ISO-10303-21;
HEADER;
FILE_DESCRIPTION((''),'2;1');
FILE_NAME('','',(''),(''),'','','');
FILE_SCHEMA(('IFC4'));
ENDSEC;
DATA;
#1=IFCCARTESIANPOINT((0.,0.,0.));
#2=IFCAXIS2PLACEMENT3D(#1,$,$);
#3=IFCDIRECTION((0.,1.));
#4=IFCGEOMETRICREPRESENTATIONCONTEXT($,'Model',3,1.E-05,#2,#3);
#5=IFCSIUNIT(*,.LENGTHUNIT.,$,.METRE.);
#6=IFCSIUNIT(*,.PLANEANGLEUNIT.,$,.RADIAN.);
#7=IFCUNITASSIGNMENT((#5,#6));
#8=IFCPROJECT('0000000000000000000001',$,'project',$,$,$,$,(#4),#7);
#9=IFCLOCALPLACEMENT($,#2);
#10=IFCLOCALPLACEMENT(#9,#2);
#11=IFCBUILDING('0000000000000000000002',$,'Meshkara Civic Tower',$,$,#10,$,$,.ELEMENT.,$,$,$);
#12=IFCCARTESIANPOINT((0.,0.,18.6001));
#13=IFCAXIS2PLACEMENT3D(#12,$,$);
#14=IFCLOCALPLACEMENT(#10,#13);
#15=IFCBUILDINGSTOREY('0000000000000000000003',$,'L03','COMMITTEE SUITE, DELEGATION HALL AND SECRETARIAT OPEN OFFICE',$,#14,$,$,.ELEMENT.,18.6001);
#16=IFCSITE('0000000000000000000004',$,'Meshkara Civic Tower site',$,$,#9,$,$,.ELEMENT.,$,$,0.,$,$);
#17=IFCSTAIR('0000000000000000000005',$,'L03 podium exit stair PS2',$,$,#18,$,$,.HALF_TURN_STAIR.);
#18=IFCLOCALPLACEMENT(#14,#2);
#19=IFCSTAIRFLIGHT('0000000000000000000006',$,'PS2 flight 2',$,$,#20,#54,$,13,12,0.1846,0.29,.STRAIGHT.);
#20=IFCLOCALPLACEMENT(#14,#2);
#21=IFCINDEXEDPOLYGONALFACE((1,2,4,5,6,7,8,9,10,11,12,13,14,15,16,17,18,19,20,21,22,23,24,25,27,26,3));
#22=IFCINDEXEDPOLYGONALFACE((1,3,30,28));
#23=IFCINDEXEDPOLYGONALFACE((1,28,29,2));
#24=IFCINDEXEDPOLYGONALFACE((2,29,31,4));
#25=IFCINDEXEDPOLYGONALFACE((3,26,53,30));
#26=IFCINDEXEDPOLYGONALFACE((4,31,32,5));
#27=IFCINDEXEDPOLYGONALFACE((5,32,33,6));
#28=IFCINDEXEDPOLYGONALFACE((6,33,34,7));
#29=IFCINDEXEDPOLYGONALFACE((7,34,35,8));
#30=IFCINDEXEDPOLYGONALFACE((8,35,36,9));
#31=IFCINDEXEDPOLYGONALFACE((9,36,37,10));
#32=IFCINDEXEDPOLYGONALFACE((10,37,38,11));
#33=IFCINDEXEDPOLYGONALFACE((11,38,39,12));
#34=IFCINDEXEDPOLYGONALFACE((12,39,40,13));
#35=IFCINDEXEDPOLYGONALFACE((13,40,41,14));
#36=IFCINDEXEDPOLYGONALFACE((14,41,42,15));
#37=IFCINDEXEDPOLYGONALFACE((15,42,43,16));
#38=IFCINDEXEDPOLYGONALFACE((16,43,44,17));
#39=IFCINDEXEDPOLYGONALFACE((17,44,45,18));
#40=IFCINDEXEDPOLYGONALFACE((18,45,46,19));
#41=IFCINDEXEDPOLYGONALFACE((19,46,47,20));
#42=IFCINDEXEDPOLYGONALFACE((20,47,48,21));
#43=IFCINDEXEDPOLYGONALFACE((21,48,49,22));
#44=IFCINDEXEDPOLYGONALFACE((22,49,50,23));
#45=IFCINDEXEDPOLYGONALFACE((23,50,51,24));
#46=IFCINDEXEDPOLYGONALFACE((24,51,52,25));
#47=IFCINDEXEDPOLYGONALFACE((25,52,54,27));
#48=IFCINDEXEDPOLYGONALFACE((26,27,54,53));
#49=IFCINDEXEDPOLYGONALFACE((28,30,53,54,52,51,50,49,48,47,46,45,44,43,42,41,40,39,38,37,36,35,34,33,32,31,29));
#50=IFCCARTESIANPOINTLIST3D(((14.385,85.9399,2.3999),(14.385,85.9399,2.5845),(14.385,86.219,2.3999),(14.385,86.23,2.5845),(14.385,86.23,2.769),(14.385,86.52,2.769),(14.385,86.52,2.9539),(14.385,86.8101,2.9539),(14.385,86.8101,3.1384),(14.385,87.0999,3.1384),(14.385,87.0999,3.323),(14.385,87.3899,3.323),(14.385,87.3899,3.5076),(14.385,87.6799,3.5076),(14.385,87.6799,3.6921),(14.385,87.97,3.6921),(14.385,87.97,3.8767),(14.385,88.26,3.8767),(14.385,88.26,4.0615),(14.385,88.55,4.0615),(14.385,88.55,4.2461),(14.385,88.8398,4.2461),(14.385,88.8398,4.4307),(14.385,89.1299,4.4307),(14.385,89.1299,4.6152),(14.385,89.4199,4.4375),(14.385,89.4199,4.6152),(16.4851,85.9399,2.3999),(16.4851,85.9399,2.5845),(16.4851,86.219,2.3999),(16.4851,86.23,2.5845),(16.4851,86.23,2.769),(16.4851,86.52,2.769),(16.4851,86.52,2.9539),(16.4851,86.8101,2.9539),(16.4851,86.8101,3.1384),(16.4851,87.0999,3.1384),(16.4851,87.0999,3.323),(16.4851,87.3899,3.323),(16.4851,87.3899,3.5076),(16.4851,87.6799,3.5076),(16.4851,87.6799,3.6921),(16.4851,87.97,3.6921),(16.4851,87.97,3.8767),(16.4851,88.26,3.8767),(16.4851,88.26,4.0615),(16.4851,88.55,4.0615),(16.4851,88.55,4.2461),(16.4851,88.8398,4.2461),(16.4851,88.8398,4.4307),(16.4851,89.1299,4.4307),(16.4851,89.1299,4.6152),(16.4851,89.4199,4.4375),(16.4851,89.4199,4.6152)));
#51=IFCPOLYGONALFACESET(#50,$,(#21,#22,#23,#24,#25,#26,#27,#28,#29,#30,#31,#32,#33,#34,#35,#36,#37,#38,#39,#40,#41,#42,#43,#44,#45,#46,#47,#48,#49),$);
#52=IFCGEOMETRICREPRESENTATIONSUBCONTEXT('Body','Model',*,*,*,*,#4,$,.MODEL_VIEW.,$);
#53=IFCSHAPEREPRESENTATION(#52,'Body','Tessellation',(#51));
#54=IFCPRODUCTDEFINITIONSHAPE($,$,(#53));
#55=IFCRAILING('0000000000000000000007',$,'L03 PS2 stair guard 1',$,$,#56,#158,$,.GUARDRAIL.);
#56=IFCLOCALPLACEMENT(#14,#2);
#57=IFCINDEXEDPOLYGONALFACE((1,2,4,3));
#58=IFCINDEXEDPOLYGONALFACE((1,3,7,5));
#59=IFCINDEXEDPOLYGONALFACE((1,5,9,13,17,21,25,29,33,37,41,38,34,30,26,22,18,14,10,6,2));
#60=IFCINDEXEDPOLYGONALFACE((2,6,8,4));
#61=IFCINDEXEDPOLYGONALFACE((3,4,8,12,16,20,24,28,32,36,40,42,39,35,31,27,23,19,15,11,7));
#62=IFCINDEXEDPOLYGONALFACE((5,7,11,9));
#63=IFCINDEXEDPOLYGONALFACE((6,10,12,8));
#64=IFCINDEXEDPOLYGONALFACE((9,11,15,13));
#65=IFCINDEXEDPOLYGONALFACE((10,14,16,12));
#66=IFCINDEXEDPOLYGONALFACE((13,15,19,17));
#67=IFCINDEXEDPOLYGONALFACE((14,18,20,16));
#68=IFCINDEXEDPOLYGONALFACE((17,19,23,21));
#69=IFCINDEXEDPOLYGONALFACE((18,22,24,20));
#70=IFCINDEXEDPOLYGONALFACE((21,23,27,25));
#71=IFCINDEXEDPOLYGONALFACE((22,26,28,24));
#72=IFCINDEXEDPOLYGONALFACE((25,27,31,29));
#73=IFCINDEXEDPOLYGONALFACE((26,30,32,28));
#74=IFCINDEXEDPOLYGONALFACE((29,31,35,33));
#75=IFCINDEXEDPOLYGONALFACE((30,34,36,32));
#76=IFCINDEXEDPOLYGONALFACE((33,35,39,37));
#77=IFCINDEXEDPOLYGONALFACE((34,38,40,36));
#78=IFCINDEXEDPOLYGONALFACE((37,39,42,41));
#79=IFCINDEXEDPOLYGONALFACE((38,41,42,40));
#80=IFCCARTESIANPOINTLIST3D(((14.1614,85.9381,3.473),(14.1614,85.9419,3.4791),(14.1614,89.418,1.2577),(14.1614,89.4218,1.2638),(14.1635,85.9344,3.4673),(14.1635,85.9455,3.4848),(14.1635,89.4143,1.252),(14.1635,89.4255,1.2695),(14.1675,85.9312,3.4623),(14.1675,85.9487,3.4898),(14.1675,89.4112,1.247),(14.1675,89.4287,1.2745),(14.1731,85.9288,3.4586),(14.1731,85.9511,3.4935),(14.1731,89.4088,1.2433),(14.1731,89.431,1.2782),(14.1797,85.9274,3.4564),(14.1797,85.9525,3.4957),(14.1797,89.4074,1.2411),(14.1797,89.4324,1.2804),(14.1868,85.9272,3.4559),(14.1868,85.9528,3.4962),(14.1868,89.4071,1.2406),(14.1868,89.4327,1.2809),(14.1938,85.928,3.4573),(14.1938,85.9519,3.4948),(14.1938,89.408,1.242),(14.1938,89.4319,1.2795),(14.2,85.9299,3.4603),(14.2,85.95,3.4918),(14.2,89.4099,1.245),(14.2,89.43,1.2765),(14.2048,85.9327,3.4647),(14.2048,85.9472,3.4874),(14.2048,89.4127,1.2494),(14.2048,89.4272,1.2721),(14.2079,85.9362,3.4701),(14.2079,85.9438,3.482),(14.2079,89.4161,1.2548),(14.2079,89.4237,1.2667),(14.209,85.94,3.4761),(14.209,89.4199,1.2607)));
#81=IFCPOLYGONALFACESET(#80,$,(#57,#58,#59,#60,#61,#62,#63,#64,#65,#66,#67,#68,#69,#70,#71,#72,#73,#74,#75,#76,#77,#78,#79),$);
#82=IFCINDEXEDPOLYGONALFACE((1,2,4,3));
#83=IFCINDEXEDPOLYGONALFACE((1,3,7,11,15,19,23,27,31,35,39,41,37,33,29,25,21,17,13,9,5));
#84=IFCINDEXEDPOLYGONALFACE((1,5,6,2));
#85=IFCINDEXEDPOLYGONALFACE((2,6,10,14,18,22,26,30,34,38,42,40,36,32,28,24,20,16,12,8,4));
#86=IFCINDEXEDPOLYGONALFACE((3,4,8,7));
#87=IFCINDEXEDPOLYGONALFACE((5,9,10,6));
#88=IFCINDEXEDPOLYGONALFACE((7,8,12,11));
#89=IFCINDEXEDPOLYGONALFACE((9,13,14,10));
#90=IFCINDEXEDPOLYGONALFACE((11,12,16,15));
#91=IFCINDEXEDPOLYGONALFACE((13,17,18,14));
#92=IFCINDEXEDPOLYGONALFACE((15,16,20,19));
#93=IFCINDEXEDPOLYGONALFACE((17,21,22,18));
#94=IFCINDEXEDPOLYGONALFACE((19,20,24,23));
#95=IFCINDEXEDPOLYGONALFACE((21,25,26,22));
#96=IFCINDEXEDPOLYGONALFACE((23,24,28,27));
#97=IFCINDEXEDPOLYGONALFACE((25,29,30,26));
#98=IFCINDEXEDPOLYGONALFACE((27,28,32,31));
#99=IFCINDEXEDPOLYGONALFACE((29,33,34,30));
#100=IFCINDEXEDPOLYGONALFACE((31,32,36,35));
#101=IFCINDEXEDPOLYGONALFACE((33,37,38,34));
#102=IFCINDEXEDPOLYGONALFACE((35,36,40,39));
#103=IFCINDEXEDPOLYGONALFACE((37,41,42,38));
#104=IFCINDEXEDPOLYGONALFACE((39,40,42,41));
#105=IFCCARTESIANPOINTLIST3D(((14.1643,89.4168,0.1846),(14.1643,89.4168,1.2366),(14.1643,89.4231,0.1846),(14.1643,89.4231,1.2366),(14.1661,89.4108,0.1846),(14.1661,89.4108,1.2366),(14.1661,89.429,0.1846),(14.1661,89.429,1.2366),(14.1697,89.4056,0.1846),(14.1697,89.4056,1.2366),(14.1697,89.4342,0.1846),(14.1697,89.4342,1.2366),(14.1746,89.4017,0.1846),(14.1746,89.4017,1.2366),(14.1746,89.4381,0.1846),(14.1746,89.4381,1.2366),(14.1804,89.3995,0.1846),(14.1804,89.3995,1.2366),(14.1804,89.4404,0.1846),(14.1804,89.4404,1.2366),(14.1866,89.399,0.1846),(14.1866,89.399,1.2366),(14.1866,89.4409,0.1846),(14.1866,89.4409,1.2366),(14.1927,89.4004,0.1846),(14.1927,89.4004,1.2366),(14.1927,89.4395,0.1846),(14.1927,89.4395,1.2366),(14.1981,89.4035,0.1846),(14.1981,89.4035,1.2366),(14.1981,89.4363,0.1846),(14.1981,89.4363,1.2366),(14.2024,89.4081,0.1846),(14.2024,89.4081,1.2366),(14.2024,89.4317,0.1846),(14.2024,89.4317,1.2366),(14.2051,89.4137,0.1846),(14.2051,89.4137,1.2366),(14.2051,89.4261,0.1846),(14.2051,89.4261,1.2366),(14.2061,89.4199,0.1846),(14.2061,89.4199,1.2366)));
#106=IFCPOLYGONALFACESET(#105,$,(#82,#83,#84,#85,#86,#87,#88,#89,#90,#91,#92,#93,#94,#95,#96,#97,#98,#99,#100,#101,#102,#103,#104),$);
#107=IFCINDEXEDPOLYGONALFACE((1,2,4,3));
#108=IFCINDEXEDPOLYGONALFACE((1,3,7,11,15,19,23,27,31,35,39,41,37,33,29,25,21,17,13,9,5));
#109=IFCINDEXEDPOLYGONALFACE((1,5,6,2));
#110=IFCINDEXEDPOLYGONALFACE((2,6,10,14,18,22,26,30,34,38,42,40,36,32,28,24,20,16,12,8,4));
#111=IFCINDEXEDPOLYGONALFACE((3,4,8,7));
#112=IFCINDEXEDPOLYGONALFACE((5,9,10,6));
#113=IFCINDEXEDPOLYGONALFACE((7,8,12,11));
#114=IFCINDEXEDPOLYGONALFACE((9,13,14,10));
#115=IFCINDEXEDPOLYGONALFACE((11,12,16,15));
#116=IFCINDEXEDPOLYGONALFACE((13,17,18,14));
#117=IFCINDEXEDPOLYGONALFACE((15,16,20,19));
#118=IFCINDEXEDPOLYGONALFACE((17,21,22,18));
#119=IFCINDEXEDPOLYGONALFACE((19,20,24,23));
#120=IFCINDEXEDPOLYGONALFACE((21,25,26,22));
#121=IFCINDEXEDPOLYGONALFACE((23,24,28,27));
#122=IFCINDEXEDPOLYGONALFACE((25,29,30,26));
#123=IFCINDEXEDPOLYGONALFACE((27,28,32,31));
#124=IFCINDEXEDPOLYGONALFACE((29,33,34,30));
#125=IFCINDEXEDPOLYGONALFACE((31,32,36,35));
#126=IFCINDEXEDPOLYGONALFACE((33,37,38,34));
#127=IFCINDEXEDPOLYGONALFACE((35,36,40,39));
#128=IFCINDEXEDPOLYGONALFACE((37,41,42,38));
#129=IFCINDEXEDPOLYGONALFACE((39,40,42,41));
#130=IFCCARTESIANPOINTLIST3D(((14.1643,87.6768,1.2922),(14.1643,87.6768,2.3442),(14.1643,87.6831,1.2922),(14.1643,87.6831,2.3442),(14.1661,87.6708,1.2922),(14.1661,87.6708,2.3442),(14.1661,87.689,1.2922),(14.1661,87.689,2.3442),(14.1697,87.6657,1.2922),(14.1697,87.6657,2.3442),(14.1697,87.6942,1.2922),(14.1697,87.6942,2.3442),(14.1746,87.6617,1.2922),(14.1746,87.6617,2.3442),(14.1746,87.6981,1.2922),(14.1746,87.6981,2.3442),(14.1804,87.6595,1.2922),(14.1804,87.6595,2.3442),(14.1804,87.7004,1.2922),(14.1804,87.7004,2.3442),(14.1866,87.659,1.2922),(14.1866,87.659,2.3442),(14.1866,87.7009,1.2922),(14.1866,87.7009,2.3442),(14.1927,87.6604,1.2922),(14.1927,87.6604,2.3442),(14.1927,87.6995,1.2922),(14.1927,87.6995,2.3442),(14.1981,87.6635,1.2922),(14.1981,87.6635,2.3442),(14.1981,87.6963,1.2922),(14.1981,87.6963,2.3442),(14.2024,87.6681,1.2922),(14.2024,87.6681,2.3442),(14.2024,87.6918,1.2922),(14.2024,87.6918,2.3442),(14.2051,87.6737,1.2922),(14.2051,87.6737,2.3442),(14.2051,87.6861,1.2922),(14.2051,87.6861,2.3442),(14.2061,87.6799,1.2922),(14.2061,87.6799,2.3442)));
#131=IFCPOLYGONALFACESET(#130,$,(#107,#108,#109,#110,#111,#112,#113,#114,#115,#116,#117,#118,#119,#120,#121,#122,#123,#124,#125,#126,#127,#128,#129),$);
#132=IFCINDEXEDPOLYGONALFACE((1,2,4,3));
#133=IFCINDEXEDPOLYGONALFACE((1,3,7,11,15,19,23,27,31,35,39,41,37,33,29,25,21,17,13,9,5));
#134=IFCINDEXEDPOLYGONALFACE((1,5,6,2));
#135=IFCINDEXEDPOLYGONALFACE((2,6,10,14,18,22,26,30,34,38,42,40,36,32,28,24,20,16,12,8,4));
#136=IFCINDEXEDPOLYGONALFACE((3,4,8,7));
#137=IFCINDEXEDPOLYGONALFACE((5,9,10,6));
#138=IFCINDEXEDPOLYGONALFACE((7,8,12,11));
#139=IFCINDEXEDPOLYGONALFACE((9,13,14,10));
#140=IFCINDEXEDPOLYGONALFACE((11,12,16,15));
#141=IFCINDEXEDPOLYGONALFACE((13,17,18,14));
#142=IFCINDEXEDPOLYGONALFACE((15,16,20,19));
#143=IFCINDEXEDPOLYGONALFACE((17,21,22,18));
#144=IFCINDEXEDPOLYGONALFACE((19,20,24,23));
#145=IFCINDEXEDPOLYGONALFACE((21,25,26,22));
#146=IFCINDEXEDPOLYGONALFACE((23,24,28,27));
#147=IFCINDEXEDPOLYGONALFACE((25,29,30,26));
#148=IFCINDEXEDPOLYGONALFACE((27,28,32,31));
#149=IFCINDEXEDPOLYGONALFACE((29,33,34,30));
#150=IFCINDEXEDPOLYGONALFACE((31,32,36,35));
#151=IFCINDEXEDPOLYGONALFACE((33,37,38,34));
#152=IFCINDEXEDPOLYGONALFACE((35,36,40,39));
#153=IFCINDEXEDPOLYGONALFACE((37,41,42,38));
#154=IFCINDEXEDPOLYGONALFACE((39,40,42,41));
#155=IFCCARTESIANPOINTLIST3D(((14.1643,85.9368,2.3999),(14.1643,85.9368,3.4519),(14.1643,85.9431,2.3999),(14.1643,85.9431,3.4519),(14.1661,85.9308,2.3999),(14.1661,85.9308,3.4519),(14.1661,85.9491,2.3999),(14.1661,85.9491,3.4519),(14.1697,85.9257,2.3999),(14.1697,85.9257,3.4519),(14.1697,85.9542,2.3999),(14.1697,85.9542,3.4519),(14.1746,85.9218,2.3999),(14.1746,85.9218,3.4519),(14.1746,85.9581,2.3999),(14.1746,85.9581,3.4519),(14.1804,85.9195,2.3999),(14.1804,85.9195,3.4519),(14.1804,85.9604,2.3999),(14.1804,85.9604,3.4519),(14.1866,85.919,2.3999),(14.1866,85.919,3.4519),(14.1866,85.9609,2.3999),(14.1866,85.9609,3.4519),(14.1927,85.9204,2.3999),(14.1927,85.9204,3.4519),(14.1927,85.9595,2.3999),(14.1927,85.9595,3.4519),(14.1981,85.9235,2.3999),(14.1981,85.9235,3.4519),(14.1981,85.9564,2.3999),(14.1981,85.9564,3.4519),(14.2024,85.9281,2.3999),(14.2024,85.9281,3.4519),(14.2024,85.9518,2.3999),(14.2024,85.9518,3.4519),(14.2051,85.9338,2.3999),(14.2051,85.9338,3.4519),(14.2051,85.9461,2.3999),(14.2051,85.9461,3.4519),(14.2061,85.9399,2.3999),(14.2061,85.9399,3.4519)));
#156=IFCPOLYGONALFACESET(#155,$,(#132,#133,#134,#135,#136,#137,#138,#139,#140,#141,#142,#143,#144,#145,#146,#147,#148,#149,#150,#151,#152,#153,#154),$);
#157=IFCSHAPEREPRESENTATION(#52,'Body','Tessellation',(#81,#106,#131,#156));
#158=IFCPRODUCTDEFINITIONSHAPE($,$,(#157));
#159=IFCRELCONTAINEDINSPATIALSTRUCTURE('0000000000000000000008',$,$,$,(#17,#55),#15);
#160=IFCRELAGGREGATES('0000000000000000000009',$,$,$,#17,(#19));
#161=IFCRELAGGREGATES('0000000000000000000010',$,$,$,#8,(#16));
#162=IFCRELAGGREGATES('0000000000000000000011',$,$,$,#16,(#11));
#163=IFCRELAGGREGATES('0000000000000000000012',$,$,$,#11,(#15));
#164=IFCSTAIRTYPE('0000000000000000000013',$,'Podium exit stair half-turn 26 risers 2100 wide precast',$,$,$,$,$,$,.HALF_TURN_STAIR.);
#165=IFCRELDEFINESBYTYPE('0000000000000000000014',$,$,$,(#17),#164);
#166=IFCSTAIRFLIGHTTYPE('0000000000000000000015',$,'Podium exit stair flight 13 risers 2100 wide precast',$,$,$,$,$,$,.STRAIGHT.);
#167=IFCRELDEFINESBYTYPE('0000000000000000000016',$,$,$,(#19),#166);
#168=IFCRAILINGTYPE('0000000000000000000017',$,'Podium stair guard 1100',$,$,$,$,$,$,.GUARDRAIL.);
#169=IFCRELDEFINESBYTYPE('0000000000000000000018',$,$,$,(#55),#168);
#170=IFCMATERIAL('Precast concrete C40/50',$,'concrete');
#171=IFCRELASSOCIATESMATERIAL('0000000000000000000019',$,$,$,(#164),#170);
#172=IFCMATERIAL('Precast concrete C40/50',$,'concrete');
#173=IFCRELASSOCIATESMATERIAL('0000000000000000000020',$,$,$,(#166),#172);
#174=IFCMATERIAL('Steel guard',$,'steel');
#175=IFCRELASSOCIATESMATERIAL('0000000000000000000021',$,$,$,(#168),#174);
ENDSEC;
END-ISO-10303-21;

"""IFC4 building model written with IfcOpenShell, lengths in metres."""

from ifc_helpers import new_model, si_unit, direction, frame, origin, origin_2d, place, context, subcontext, project, spatial, polyline, circle, outline, extrude, material, type_object, element, aggregate, save


model = new_model("IFC4")

# Units and contexts
model_context = context("Model", 3, precision=1e-05, world=origin(), true_north=direction((0.0, 1.0)))
body_context = subcontext(model_context, "Body", "Model", "MODEL_VIEW")
ifc_project = project(units=[si_unit("LENGTHUNIT", "METRE"), si_unit("PLANEANGLEUNIT", "RADIAN")], contexts=[model_context])

# Site, building, storey
site_placement = place(None, origin())
site = spatial("IfcSite", under=ifc_project, at=site_placement, Name="Meshkara Civic Tower site", CompositionType="ELEMENT", RefElevation=0.0)
building_placement = place(site_placement, origin())
building = spatial("IfcBuilding", under=site, at=building_placement, Name="Meshkara Civic Tower", CompositionType="ELEMENT")
storey_placement = place(building_placement, frame((0.0, 0.0, 18.6001)))
storey = spatial("IfcBuildingStorey", under=building, at=storey_placement, Name="L03", Description="COMMITTEE SUITE, DELEGATION HALL AND SECRETARIAT OPEN OFFICE", CompositionType="ELEMENT", Elevation=18.6001)

# Stair, stair flight
ifc_material_1 = material(Name="Precast concrete C40/50", Category="concrete")
stair_type = type_object("IfcStairType", Name="Podium exit stair half-turn 26 risers 2100 wide precast", PredefinedType="HALF_TURN_STAIR", material=ifc_material_1)
stair_placement = place(storey_placement, origin())
stair = element("IfcStair", 1, at=stair_placement, inside=storey, type_object=stair_type, Name="L03 podium exit stair PS2", PredefinedType="HALF_TURN_STAIR")
ifc_material_2 = material(Name="Precast concrete C40/50", Category="concrete")
stair_flight_type = type_object("IfcStairFlightType", Name="Podium exit stair flight 13 risers 2100 wide precast", PredefinedType="STRAIGHT", material=ifc_material_2)
stair_flight_1_placement = place(storey_placement, frame((15.4351, 85.9399, 2.3999), z_axis=(0.0, 0.0, 1.0), x_axis=(0.0, 1.0, 0.0)))
stair_flight_1 = element("IfcStairFlight", 2, at=stair_flight_1_placement, type_object=stair_flight_type, Name="PS2 flight 2", NumberOfRisers=13, NumberOfTreads=12, PredefinedType="STRAIGHT", RiserHeight=0.1846, TreadLength=0.29, context=body_context, shape_type="SweptSolid", body=[
    extrude(outline(polyline([(0.0, 0.0), (0.0, 0.1846), (0.29, 0.1846), (0.29, 0.3691), (0.5801, 0.3691), (0.5801, 0.554), (0.8701, 0.554), (0.8701, 0.7385), (1.1599, 0.7385), (1.1599, 0.9231), (1.45, 0.9231), (1.45, 1.1077), (1.74, 1.1077), (1.74, 1.2922), (2.03, 1.2922), (2.03, 1.4768), (2.3201, 1.4768), (2.3201, 1.6616), (2.6101, 1.6616), (2.6101, 1.8462), (2.8999, 1.8462), (2.8999, 2.0308), (3.1899, 2.0308), (3.1899, 2.2153), (3.48, 2.2153), (3.48, 2.3999), (3.48, 2.0376), (0.2791, 0.0), (0.0, 0.0)])), frame((0.0, 1.05, 0.0), z_axis=(0.0, -1.0, 0.0), x_axis=(1.0, 0.0, 0.0)), (0.0, 0.0, 1.0), 2.1001),
])
aggregate(stair, [stair_flight_1])

# Railing
ifc_material_3 = material(Name="Steel guard", Category="steel")
railing_type_1 = type_object("IfcRailingType", Name="Podium stair guard 1100", PredefinedType="GUARDRAIL", material=ifc_material_3)
railing_1_placement = place(storey_placement, frame((14.1851, 89.4199, 0.1846)))
element("IfcRailing", 3, at=railing_1_placement, inside=storey, type_object=railing_type_1, Name="L03 PS2 stair guard 1", PredefinedType="GUARDRAIL", context=body_context, shape_type="SweptSolid", body=[
    extrude(circle(Radius=0.0239, at=origin_2d()), frame((0.0, 0.0, 1.0762), z_axis=(0.0, -0.843574, 0.537013), x_axis=(1.0, 0.0, 0.0)), (0.0, 0.0, 1.0), 4.1252),
    extrude(circle(Radius=0.021, at=origin_2d()), origin(), (0.0, 0.0, 1.0), 1.052),
    extrude(circle(Radius=0.021, at=origin_2d()), frame((0.0, -1.74, 1.1077)), (0.0, 0.0, 1.0), 1.052),
    extrude(circle(Radius=0.021, at=origin_2d()), frame((0.0, -3.48, 2.2153)), (0.0, 0.0, 1.0), 1.052),
])

save(model, "model.ifc")
